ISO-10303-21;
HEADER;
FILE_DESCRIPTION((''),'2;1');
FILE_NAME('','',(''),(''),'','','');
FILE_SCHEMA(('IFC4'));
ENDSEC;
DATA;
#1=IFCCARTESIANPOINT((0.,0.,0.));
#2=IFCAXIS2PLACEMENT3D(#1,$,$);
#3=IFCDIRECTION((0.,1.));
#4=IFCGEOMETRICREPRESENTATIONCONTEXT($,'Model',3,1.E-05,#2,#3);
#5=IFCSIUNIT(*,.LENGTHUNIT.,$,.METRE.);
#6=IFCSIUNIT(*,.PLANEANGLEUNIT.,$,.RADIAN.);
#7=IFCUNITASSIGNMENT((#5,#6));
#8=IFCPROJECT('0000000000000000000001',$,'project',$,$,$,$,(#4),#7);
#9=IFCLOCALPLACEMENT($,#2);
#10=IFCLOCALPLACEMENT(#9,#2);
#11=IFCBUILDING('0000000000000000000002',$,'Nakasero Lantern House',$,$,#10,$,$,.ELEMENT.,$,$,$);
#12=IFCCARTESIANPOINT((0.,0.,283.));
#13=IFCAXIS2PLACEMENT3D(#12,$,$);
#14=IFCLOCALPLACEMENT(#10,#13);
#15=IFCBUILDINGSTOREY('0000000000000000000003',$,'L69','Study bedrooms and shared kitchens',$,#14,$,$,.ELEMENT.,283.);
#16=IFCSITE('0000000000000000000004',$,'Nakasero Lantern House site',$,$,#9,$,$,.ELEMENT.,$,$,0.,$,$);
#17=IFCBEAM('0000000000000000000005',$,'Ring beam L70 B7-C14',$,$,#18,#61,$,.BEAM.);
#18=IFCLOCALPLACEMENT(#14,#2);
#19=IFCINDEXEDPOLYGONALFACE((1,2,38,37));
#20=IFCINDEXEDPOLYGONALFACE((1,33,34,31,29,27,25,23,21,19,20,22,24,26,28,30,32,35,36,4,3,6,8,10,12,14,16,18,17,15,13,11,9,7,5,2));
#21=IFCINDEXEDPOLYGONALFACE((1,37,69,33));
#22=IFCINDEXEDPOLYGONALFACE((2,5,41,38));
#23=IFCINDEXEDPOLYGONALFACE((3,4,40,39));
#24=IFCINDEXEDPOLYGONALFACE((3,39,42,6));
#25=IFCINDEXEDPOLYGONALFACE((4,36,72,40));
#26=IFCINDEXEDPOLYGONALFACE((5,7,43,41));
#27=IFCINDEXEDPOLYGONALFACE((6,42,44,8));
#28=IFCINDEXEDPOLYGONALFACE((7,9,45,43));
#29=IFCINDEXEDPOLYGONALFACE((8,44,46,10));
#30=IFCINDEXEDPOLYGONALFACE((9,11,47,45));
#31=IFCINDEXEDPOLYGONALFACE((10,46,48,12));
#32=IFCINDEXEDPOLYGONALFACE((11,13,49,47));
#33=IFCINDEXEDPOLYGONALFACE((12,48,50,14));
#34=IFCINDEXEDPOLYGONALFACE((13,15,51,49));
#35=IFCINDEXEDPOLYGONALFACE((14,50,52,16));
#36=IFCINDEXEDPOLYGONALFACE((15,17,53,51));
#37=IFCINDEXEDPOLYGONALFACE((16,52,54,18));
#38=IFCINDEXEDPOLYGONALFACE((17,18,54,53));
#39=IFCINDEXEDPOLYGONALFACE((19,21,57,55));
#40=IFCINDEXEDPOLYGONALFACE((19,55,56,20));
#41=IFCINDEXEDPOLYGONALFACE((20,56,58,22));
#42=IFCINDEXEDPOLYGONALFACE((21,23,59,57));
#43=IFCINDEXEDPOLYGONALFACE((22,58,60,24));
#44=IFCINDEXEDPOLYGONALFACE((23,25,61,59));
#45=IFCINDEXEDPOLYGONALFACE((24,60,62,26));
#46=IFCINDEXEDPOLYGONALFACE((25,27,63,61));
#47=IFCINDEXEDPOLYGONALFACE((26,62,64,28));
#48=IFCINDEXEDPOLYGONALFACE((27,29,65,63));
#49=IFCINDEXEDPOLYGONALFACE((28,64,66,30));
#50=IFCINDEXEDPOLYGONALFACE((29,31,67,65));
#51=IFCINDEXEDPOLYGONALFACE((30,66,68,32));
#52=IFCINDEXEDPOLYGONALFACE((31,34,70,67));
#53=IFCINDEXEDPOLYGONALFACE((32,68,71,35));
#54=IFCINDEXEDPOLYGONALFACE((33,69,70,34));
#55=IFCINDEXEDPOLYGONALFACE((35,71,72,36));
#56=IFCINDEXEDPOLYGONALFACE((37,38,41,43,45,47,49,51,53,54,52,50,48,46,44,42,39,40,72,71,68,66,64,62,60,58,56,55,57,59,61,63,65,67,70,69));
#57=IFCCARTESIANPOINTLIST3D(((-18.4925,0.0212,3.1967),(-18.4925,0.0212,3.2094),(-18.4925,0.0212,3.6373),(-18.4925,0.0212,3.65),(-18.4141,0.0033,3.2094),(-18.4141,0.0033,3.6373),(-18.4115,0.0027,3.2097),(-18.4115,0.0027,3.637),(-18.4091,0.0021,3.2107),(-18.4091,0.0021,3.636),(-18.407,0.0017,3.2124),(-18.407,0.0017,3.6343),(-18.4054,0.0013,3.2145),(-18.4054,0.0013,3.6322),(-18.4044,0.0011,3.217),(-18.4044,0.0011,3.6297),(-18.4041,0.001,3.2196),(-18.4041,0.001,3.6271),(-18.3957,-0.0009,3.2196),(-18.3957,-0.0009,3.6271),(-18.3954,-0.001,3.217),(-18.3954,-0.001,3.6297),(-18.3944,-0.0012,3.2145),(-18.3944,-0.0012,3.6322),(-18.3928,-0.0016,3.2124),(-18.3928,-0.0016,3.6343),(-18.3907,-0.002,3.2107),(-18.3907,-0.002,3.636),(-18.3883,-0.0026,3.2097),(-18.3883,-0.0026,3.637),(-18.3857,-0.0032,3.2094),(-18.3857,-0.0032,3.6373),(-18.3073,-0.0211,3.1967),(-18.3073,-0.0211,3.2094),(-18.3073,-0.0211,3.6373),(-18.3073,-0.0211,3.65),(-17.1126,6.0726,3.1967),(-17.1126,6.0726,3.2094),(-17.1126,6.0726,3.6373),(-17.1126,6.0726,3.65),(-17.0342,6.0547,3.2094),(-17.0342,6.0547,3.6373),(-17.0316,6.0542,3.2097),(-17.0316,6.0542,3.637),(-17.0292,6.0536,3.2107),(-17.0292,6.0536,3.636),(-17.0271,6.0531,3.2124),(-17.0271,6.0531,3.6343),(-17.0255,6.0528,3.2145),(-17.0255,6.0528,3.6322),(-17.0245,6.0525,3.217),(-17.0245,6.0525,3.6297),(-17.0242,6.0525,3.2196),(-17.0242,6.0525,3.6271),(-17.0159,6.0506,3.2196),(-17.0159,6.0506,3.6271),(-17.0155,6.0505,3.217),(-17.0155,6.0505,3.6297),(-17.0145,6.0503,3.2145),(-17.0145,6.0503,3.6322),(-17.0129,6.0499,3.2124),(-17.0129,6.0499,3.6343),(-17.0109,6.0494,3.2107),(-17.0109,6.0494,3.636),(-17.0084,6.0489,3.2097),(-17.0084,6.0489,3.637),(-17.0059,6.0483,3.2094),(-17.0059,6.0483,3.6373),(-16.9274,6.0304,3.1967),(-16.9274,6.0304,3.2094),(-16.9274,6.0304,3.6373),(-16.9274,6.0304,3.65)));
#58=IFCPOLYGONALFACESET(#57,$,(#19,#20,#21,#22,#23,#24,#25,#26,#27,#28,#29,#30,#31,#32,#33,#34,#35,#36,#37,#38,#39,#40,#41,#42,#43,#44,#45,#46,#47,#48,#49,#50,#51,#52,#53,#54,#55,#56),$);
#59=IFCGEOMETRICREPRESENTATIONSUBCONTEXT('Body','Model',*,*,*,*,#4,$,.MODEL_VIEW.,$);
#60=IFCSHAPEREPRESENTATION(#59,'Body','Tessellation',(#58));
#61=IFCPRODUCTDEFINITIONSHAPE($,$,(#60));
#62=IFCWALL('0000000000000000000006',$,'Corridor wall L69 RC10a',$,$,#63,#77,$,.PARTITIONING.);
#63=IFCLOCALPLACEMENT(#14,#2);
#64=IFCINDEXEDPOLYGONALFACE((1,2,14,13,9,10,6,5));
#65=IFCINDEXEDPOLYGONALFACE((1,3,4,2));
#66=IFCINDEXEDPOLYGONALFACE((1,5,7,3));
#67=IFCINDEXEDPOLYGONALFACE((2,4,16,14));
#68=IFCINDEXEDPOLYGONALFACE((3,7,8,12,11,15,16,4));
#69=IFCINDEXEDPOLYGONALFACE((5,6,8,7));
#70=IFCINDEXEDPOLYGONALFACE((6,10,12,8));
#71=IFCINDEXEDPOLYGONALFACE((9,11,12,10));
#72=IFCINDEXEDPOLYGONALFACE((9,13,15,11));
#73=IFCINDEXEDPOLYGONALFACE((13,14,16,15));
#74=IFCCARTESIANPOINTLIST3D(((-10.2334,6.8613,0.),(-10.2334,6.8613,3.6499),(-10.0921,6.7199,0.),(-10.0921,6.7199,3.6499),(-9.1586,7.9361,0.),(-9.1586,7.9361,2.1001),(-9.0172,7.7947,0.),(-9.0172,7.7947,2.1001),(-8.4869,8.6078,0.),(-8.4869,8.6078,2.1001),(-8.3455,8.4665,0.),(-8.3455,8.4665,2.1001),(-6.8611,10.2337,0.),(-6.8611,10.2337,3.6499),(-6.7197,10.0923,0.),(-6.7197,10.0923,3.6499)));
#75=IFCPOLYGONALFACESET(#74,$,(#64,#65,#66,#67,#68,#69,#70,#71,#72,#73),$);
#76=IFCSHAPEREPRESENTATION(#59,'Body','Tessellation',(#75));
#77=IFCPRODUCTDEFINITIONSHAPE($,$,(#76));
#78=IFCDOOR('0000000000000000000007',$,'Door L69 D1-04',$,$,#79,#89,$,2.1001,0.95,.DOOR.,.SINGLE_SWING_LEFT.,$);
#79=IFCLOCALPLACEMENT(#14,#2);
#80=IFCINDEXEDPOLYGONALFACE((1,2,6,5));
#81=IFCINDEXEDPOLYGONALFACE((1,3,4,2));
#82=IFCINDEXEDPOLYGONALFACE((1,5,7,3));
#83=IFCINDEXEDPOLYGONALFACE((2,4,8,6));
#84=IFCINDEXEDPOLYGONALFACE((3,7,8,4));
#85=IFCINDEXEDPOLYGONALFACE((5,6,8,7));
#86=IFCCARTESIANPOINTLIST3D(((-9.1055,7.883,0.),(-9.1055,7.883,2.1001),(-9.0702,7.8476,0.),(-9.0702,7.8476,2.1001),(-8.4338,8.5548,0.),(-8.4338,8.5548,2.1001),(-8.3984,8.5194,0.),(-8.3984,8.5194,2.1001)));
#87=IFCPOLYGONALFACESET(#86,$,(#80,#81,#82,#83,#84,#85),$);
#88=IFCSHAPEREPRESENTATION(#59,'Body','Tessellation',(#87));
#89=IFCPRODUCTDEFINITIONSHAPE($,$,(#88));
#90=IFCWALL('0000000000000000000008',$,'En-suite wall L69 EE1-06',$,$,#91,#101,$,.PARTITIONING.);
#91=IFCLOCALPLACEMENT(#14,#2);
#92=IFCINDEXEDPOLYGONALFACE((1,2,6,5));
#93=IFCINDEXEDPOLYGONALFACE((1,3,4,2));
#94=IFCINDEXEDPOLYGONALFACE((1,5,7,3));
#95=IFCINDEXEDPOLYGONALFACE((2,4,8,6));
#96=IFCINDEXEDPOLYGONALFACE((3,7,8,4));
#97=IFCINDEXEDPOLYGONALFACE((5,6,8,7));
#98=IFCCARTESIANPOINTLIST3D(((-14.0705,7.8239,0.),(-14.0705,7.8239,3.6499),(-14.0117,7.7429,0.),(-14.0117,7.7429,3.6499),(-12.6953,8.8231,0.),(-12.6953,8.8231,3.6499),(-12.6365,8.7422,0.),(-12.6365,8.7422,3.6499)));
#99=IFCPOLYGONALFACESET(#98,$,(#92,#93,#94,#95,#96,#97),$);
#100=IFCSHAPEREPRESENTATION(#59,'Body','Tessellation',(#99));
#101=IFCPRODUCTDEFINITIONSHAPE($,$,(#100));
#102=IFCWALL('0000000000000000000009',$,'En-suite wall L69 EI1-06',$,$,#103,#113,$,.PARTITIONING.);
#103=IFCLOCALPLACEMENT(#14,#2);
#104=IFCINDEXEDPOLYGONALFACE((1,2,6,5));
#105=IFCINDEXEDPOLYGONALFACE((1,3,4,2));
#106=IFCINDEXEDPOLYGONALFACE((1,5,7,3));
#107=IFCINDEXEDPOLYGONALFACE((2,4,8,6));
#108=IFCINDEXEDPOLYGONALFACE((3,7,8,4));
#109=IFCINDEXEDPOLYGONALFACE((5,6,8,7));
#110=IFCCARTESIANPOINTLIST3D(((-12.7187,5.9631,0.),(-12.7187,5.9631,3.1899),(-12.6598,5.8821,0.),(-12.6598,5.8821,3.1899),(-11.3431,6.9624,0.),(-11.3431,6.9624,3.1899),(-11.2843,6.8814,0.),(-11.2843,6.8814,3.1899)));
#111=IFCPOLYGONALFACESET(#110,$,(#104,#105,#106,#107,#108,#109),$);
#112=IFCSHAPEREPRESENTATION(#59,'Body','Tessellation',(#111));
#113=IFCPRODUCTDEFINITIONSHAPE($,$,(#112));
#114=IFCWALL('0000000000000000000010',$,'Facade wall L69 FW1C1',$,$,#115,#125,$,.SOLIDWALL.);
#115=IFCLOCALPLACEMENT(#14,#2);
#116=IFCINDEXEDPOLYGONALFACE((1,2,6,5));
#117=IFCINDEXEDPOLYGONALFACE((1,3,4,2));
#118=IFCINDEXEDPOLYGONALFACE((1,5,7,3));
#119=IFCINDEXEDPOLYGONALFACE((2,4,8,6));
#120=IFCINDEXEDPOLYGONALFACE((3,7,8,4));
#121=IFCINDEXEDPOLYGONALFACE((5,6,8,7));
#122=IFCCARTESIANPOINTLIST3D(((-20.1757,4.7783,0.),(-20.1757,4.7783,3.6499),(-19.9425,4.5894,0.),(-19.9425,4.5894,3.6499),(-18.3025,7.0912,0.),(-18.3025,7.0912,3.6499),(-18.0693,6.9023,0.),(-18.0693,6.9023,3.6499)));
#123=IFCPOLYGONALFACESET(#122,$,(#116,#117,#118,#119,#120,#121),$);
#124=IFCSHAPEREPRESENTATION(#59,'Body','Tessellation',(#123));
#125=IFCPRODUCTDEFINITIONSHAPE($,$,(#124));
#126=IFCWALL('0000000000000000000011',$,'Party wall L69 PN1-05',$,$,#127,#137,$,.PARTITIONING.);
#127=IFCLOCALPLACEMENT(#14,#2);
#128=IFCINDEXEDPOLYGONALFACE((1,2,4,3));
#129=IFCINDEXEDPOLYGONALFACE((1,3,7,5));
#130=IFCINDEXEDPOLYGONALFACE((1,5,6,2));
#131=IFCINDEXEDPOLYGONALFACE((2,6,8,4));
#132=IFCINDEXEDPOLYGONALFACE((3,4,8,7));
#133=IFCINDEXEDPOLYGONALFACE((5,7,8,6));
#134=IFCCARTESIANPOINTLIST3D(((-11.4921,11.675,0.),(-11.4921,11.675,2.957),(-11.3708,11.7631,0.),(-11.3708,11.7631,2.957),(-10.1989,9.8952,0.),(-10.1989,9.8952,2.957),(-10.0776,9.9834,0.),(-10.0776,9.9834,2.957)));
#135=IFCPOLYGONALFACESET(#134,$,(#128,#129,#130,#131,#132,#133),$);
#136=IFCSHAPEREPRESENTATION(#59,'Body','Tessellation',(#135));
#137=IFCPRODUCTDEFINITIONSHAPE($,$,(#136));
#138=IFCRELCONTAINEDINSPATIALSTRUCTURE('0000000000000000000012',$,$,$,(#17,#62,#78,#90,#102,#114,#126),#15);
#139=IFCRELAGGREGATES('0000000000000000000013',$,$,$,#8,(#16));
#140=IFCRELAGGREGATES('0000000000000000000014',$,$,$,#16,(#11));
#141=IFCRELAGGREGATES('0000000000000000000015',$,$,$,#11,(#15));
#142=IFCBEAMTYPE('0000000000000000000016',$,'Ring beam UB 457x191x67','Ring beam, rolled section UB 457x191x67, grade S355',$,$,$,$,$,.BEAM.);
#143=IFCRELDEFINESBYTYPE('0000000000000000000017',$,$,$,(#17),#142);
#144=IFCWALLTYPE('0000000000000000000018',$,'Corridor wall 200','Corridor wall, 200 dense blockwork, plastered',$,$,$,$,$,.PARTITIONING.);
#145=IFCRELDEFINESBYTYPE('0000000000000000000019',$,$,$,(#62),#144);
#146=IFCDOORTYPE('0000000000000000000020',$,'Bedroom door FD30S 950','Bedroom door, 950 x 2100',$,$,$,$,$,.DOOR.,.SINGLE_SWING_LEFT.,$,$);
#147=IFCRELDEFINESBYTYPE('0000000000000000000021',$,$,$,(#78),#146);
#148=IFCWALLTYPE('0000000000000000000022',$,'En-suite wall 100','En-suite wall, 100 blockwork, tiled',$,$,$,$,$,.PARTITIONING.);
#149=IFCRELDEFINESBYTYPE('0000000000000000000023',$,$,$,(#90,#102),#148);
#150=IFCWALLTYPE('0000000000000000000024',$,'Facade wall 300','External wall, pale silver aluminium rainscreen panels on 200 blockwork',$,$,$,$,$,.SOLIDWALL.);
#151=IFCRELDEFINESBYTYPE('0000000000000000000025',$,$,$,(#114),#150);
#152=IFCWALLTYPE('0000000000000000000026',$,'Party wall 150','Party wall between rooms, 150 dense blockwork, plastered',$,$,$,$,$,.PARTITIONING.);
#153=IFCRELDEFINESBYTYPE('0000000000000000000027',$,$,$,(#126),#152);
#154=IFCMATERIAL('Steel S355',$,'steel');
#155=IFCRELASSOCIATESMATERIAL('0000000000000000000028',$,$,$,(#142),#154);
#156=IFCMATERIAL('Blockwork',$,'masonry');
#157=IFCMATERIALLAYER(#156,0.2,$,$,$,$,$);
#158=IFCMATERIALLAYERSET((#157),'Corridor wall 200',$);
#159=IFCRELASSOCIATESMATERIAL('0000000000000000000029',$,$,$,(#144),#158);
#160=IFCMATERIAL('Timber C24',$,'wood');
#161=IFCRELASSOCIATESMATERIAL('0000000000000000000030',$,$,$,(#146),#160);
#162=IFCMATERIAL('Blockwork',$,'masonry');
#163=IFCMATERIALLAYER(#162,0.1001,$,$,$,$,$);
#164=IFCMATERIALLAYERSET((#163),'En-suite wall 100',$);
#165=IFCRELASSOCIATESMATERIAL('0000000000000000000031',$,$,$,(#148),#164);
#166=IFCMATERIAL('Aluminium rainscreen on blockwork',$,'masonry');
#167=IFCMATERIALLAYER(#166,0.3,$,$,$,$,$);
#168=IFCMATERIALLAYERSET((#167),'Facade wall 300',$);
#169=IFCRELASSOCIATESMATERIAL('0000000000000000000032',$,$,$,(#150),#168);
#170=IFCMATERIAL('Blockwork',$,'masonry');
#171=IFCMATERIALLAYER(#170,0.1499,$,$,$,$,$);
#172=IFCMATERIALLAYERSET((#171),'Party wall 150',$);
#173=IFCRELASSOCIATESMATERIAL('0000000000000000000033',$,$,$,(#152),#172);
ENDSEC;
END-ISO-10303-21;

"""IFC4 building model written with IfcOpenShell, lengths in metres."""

from ifc_helpers import new_model, si_unit, direction, frame, frame_2d, origin, origin_2d, place, context, subcontext, project, spatial, rectangle, i_section, extrude, material, layer, layer_set, material_profile, profile_set, type_object, element, fill, save


model = new_model("IFC4")

# Units and contexts
model_context = context("Model", 3, precision=1e-05, world=origin(), true_north=direction((0.0, 1.0)))
body_context = subcontext(model_context, "Body", "Model", "MODEL_VIEW")
ifc_project = project(units=[si_unit("LENGTHUNIT", "METRE"), si_unit("PLANEANGLEUNIT", "RADIAN")], contexts=[model_context])

# Site, building, storey
site_placement = place(None, origin())
site = spatial("IfcSite", under=ifc_project, at=site_placement, Name="Nakasero Lantern House site", CompositionType="ELEMENT", RefElevation=0.0)
building_placement = place(site_placement, origin())
building = spatial("IfcBuilding", under=site, at=building_placement, Name="Nakasero Lantern House", CompositionType="ELEMENT")
storey_placement = place(building_placement, frame((0.0, 0.0, 283.0)))
storey = spatial("IfcBuildingStorey", under=building, at=storey_placement, Name="L69", Description="Study bedrooms and shared kitchens", CompositionType="ELEMENT", Elevation=283.0)

# Beam
ifc_material_1 = material(Name="Steel S355", Category="steel")
ifc_material_profile_1 = material_profile(ifc_material_1, i_section(OverallWidth=0.1899, OverallDepth=0.4534, WebThickness=0.0085, FlangeThickness=0.0127, FilletRadius=0.0103, at=origin_2d()), Name="UB 457x191x67")
ifc_profile_set_1 = profile_set([ifc_material_profile_1], Name="Steel S355")
beam_type_1 = type_object("IfcBeamType", Name="Ring beam UB 457x191x67", Description="Ring beam, rolled section UB 457x191x67, grade S355", PredefinedType="BEAM", material=ifc_profile_set_1)
beam_1_placement = place(storey_placement, frame((-17.02, 6.0515, 3.4233), z_axis=(-0.222316, -0.974975, 0.0), x_axis=(0.974975, -0.222316, 0.0)))
element("IfcBeam", 1, at=beam_1_placement, inside=storey, type_object=beam_type_1, Name="Ring beam L70 B7-C14", PredefinedType="BEAM", context=body_context, shape_type="SweptSolid", body=[
    extrude(i_section(OverallWidth=0.1899, OverallDepth=0.4534, WebThickness=0.0085, FlangeThickness=0.0127, FilletRadius=0.0103, at=origin_2d()), origin(), (0.0, 0.0, 1.0), 6.2068),
])

# Wall, opening, door
ifc_material_2 = material(Name="Blockwork", Category="masonry")
ifc_layer_1 = layer(ifc_material_2, 0.2)
ifc_layer_set_1 = layer_set([ifc_layer_1], Name="Corridor wall 200")
wall_type_1 = type_object("IfcWallType", Name="Corridor wall 200", Description="Corridor wall, 200 dense blockwork, plastered", PredefinedType="PARTITIONING", material=ifc_layer_set_1)
wall_1_placement = place(storey_placement, frame((-10.1628, 6.7905, 0.0), z_axis=(0.0, 0.0, 1.0), x_axis=(0.707107, 0.707107, 0.0)))
wall_1 = element("IfcWall", 2, at=wall_1_placement, inside=storey, type_object=wall_type_1, Name="Corridor wall L69 RC10a", PredefinedType="PARTITIONING", context=body_context, shape_type="SweptSolid", body=[
    extrude(rectangle(XDim=4.7693, YDim=0.2, at=frame_2d((2.3848, 0.0))), origin(), (0.0, 0.0, 1.0), 3.6499),
])
opening_placement = place(wall_1_placement, frame((1.52, 0.0, 0.0)))
opening = element("IfcOpeningElement", 3, at=opening_placement, cuts=wall_1, PredefinedType="OPENING", context=body_context, shape_type="SweptSolid", body=[
    extrude(rectangle(XDim=0.95, YDim=2.1001, at=frame_2d((0.4751, 1.05))), frame((0.0, 0.1199, 0.0), z_axis=(0.0, -1.0, 0.0), x_axis=(1.0, 0.0, 0.0)), (0.0, 0.0, 1.0), 0.24),
])
ifc_material_3 = material(Name="Timber C24", Category="wood")
door_type = type_object("IfcDoorType", Name="Bedroom door FD30S 950", Description="Bedroom door, 950 x 2100", OperationType="SINGLE_SWING_LEFT", PredefinedType="DOOR", material=ifc_material_3)
door_placement = place(opening_placement, origin())
door = element("IfcDoor", 4, at=door_placement, inside=storey, type_object=door_type, Name="Door L69 D1-04", OperationType="SINGLE_SWING_LEFT", OverallHeight=2.1001, OverallWidth=0.95, PredefinedType="DOOR", context=body_context, shape_type="SweptSolid", body=[
    extrude(rectangle(XDim=0.95, YDim=2.1001, at=frame_2d((0.4751, 1.05))), frame((0.0, 0.0249, 0.0), z_axis=(0.0, -1.0, 0.0), x_axis=(1.0, 0.0, 0.0)), (0.0, 0.0, 1.0), 0.05),
])
fill(opening, door)

# Walls
ifc_material_4 = material(Name="Blockwork", Category="masonry")
ifc_layer_2 = layer(ifc_material_4, 0.1001)
ifc_layer_set_2 = layer_set([ifc_layer_2], Name="En-suite wall 100")
wall_type_2 = type_object("IfcWallType", Name="En-suite wall 100", Description="En-suite wall, 100 blockwork, tiled", PredefinedType="PARTITIONING", material=ifc_layer_set_2)
wall_2_placement = place(storey_placement, frame((-12.6658, 8.7827, 0.0), z_axis=(0.0, 0.0, 1.0), x_axis=(-0.808991, -0.587822, 0.0)))
element("IfcWall", 5, at=wall_2_placement, inside=storey, type_object=wall_type_2, Name="En-suite wall L69 EE1-06", PredefinedType="PARTITIONING", context=body_context, shape_type="SweptSolid", body=[
    extrude(rectangle(XDim=1.7, YDim=0.1001, at=frame_2d((0.8501, 0.0))), origin(), (0.0, 0.0, 1.0), 3.6499),
])
wall_3_placement = place(storey_placement, frame((-11.3137, 6.9219, 0.0), z_axis=(0.0, 0.0, 1.0), x_axis=(-0.80904, -0.587753, 0.0)))
element("IfcWall", 6, at=wall_3_placement, inside=storey, type_object=wall_type_2, Name="En-suite wall L69 EI1-06", PredefinedType="PARTITIONING", context=body_context, shape_type="SweptSolid", body=[
    extrude(rectangle(XDim=1.7002, YDim=0.1001, at=frame_2d((0.8501, 0.0))), origin(), (0.0, 0.0, 1.0), 3.1899),
])
ifc_material_5 = material(Name="Aluminium rainscreen on blockwork", Category="masonry")
ifc_layer_3 = layer(ifc_material_5, 0.3)
ifc_layer_set_3 = layer_set([ifc_layer_3], Name="Facade wall 300")
wall_type_3 = type_object("IfcWallType", Name="Facade wall 300", Description="External wall, pale silver aluminium rainscreen panels on 200 blockwork", PredefinedType="SOLIDWALL", material=ifc_layer_set_3)
wall_4_placement = place(storey_placement, frame((-18.1858, 6.9968, 0.0), z_axis=(0.0, 0.0, 1.0), x_axis=(-0.629375, -0.777102, 0.0)))
element("IfcWall", 7, at=wall_4_placement, inside=storey, type_object=wall_type_3, Name="Facade wall L69 FW1C1", PredefinedType="SOLIDWALL", context=body_context, shape_type="SweptSolid", body=[
    extrude(rectangle(XDim=2.9763, YDim=0.3, at=frame_2d((1.4883, 0.0))), origin(), (0.0, 0.0, 1.0), 3.6499),
])
ifc_material_6 = material(Name="Blockwork", Category="masonry")
ifc_layer_4 = layer(ifc_material_6, 0.1499)
ifc_layer_set_4 = layer_set([ifc_layer_4], Name="Party wall 150")
wall_type_4 = type_object("IfcWallType", Name="Party wall 150", Description="Party wall between rooms, 150 dense blockwork, plastered", PredefinedType="PARTITIONING", material=ifc_layer_set_4)
wall_5_placement = place(storey_placement, frame((-10.1382, 9.9392, 0.0), z_axis=(0.0, 0.0, 1.0), x_axis=(-0.587822, 0.80899, 0.0)))
element("IfcWall", 8, at=wall_5_placement, inside=storey, type_object=wall_type_4, Name="Party wall L69 PN1-05", PredefinedType="PARTITIONING", context=body_context, shape_type="SweptSolid", body=[
    extrude(rectangle(XDim=2.2, YDim=0.1499, at=frame_2d((1.1001, 0.0))), origin(), (0.0, 0.0, 1.0), 2.957),
])

save(model, "model.ifc")
